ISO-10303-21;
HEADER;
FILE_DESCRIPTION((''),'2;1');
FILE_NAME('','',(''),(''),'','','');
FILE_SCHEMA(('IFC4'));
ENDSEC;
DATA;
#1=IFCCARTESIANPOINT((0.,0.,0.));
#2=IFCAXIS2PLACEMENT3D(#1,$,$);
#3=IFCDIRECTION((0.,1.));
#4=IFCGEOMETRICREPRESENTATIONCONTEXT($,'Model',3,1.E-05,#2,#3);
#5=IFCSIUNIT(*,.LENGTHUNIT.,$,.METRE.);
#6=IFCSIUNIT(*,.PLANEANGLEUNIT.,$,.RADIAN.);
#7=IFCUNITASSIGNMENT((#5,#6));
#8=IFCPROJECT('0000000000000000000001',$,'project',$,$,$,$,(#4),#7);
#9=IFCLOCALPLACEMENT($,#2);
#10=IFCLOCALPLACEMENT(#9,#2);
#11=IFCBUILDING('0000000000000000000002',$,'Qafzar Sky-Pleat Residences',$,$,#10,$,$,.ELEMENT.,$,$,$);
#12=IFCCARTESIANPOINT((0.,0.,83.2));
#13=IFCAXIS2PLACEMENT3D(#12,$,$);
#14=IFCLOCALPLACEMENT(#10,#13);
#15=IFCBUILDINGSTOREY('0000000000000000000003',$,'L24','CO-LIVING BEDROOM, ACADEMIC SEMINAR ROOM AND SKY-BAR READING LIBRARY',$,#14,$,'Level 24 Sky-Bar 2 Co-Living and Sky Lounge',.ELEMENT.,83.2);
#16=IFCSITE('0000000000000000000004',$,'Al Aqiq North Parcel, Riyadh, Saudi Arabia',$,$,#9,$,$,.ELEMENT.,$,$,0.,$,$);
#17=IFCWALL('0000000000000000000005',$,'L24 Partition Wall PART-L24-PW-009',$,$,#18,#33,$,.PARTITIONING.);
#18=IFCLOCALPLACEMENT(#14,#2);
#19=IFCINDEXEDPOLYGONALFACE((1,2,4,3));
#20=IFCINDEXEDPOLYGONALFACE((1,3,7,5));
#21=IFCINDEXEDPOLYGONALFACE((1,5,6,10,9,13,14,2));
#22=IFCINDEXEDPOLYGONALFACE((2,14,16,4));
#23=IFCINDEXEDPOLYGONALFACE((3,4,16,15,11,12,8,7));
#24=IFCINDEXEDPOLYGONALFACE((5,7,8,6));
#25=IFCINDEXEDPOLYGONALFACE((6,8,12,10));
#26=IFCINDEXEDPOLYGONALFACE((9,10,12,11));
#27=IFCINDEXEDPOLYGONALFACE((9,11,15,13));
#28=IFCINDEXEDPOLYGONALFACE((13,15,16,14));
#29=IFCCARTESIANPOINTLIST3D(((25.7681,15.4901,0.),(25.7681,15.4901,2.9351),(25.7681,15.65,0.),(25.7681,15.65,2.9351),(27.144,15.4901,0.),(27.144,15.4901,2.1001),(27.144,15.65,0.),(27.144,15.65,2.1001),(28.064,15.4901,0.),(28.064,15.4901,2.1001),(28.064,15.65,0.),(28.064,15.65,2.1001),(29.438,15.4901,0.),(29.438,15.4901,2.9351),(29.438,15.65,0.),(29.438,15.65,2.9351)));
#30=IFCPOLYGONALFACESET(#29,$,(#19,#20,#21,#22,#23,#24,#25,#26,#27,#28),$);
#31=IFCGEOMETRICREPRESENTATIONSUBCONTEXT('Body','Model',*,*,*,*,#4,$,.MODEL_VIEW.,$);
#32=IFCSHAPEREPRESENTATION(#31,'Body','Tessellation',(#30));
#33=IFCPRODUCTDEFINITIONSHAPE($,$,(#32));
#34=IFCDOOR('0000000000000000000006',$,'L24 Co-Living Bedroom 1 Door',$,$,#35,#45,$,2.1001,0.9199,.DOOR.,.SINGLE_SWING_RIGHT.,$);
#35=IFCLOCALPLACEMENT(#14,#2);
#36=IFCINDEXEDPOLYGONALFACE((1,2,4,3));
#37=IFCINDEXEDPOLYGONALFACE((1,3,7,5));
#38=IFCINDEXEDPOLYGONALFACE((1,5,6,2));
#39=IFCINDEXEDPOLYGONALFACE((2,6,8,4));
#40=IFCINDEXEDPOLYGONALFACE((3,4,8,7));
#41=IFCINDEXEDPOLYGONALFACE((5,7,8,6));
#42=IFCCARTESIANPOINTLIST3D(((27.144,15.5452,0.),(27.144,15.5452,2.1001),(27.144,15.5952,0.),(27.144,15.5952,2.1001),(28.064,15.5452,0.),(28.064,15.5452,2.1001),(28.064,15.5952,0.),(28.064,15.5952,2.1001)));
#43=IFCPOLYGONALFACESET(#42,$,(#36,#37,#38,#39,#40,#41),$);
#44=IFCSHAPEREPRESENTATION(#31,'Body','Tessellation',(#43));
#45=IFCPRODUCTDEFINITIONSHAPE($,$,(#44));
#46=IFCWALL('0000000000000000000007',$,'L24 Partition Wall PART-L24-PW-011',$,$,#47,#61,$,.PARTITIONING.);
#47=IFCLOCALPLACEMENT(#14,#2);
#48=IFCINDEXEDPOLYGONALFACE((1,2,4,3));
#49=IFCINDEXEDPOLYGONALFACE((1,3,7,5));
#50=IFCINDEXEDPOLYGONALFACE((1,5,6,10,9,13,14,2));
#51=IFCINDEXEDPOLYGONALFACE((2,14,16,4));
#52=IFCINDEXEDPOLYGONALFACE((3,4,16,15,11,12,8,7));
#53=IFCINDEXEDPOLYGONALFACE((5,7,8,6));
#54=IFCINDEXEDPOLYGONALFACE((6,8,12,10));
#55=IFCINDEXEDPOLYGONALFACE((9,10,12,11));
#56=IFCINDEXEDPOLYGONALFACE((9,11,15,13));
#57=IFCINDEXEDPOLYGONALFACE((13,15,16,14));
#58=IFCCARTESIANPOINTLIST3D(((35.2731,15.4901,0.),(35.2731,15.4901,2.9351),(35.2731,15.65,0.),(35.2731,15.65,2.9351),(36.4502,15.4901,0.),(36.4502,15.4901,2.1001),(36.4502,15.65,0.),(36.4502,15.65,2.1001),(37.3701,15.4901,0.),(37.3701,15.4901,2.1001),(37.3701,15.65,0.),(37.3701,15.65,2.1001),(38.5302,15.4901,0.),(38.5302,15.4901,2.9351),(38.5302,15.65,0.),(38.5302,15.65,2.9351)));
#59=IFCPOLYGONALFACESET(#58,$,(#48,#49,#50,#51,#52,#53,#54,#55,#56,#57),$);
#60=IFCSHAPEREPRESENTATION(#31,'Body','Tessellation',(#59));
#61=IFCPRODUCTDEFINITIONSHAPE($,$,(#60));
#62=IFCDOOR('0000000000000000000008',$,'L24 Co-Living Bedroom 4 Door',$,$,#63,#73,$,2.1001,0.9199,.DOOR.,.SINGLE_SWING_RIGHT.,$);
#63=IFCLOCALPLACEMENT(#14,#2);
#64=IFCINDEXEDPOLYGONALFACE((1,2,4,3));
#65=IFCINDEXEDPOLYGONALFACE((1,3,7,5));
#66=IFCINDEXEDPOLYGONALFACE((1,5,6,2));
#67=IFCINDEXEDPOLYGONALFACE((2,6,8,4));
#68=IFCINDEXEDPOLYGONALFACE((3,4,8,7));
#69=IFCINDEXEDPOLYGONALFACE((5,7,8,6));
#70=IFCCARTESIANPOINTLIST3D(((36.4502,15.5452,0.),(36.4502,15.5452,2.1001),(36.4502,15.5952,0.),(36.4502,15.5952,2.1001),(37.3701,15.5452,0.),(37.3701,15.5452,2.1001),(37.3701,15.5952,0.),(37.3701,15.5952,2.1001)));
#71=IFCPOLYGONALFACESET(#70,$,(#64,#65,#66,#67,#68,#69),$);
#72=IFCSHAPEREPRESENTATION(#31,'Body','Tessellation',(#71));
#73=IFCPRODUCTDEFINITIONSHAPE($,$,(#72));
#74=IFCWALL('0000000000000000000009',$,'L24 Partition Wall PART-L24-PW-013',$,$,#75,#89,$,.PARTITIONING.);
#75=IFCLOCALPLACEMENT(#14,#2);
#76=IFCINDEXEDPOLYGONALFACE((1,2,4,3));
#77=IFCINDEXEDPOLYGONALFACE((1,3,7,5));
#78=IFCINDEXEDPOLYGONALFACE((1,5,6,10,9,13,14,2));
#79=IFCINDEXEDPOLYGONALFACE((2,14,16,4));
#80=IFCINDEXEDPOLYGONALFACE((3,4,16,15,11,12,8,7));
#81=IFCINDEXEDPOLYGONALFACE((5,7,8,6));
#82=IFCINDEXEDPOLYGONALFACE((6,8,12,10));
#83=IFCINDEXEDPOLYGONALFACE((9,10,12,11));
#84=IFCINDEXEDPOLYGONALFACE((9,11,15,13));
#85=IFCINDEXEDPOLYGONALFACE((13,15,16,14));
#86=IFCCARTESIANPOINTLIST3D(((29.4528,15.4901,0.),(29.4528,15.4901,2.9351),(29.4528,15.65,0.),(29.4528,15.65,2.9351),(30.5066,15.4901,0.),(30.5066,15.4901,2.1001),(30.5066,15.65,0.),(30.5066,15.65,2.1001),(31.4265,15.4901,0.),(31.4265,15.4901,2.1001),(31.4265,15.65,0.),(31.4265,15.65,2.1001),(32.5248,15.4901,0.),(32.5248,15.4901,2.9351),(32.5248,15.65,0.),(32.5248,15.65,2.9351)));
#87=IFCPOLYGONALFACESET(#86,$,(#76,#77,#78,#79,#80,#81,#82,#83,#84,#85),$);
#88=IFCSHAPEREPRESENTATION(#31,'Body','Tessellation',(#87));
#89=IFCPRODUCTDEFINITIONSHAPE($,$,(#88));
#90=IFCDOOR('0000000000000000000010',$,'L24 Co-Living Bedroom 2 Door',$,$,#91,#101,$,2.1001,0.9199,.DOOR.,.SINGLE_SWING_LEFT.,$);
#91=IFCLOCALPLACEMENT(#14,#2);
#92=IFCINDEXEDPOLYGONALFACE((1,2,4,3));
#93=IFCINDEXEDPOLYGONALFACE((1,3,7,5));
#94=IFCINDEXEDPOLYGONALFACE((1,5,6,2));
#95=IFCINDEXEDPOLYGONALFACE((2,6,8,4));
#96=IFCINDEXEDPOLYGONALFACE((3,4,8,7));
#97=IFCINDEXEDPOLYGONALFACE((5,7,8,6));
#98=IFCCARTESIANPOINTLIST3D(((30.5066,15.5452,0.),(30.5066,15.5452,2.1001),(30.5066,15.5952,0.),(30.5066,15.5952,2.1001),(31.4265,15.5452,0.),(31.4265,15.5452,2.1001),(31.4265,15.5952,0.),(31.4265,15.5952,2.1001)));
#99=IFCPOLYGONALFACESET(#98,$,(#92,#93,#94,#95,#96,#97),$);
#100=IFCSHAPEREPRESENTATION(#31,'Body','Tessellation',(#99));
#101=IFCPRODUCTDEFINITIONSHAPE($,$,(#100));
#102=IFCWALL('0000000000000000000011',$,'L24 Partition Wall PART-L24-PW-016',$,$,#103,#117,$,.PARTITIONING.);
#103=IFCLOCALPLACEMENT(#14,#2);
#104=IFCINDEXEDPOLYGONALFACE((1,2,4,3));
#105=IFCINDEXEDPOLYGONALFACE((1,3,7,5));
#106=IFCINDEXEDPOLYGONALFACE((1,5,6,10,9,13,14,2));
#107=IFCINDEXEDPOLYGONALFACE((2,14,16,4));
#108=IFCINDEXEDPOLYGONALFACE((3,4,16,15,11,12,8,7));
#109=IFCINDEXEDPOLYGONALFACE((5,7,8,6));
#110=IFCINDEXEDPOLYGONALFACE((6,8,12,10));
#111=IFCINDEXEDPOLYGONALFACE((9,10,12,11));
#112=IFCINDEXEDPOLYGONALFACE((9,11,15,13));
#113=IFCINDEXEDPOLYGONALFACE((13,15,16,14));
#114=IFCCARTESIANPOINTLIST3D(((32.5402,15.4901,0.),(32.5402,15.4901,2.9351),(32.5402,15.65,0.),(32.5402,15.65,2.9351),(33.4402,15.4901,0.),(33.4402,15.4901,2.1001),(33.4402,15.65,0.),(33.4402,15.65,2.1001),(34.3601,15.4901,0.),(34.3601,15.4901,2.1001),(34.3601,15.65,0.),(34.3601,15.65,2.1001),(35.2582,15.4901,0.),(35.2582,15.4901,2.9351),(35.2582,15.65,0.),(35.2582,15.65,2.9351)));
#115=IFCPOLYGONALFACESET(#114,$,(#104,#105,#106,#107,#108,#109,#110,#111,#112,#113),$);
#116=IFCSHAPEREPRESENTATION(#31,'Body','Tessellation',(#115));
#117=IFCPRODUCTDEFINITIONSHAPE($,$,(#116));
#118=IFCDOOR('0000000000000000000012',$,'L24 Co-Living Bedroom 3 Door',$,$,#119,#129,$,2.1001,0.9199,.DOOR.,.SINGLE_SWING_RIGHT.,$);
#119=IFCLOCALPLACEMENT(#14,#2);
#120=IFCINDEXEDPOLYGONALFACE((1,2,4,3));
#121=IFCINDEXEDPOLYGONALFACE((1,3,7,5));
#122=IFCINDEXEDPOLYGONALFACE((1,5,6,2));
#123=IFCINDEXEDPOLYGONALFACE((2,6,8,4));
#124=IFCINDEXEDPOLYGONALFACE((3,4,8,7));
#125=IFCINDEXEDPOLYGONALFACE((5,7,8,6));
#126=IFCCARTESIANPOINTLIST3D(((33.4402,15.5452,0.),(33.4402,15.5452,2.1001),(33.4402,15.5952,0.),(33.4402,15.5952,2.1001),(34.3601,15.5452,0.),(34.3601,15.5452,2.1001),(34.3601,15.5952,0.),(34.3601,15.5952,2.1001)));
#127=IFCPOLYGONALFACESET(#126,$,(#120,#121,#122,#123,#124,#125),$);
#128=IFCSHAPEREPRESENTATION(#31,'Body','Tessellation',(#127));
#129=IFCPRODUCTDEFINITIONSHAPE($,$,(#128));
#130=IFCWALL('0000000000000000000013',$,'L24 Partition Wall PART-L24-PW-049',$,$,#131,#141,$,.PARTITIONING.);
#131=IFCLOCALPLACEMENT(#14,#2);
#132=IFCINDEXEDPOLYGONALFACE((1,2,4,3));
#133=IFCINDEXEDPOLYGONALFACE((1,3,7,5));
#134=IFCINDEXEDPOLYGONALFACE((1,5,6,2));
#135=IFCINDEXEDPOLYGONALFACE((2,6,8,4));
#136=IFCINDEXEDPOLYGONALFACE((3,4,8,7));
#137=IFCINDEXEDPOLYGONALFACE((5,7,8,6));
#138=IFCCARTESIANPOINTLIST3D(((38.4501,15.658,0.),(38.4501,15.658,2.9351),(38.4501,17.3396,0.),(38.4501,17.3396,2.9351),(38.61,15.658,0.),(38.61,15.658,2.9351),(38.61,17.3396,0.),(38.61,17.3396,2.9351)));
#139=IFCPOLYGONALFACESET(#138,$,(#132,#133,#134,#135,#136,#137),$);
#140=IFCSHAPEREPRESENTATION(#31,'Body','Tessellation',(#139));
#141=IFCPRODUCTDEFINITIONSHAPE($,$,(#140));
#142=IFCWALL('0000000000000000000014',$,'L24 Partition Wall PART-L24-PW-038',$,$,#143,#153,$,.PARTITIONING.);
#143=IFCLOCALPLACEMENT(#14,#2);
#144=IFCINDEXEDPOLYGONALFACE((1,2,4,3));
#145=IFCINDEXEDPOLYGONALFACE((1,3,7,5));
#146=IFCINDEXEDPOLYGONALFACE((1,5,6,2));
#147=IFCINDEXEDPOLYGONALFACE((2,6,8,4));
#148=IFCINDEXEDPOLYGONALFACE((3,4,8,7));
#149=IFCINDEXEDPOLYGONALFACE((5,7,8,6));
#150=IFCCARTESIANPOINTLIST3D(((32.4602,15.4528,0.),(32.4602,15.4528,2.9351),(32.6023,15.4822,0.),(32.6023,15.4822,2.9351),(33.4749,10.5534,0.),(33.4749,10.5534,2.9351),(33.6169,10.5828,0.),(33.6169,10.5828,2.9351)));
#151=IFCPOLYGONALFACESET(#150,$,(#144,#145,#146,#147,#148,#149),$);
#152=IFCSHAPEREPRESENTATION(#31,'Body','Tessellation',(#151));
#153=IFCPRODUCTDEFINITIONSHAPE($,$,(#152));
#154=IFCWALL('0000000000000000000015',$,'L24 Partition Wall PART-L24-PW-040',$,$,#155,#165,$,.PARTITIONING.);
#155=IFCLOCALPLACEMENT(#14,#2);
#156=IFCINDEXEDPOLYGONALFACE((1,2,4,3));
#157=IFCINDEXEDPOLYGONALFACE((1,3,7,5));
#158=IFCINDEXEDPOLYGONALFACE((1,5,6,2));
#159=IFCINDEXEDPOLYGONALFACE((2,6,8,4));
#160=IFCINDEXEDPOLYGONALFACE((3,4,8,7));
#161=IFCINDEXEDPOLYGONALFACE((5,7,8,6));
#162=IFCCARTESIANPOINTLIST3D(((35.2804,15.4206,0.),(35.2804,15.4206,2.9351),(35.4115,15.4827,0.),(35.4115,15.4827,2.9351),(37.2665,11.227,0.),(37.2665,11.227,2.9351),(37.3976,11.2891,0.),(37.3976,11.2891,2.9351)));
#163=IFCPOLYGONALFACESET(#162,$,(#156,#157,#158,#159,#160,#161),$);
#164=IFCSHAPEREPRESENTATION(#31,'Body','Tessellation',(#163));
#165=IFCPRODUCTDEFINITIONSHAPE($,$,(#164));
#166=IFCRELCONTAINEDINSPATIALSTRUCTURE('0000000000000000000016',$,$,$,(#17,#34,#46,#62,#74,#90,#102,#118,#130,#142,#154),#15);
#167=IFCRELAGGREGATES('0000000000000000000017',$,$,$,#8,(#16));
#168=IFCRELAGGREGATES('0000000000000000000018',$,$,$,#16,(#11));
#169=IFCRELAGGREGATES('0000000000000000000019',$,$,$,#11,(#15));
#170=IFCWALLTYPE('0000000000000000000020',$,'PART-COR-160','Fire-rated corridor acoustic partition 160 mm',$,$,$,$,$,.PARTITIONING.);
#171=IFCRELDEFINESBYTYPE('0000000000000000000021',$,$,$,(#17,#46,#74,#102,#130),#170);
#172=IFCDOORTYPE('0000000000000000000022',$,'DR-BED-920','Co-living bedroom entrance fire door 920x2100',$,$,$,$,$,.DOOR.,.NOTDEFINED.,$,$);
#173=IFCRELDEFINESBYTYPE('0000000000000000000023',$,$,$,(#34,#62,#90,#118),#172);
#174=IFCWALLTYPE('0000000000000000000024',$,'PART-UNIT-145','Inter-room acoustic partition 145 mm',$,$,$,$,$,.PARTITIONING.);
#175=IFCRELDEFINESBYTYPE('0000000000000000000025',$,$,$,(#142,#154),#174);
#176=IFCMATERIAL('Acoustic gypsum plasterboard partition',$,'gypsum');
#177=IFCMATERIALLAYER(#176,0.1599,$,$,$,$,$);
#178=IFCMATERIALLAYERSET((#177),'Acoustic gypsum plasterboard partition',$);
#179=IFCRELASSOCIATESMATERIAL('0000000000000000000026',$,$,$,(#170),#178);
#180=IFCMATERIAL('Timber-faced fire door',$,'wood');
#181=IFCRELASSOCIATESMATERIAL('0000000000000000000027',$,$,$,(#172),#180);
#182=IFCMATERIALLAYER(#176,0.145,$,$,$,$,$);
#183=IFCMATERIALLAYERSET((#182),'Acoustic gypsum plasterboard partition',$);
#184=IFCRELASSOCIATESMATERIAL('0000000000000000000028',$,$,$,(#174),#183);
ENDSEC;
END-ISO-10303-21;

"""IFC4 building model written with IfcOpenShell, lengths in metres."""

from ifc_helpers import new_model, si_unit, direction, frame, frame_2d, origin, place, context, subcontext, project, spatial, rectangle, extrude, source, transform, mapped, material, layer, layer_set, type_object, element, fill, save


model = new_model("IFC4")

# Units and contexts
model_context = context("Model", 3, precision=1e-05, world=origin(), true_north=direction((0.0, 1.0)))
body_context = subcontext(model_context, "Body", "Model", "MODEL_VIEW")
ifc_project = project(units=[si_unit("LENGTHUNIT", "METRE"), si_unit("PLANEANGLEUNIT", "RADIAN")], contexts=[model_context])

# Site, building, storey
site_placement = place(None, origin())
site = spatial("IfcSite", under=ifc_project, at=site_placement, Name="Al Aqiq North Parcel, Riyadh, Saudi Arabia", CompositionType="ELEMENT", RefElevation=0.0)
building_placement = place(site_placement, origin())
building = spatial("IfcBuilding", under=site, at=building_placement, Name="Qafzar Sky-Pleat Residences", CompositionType="ELEMENT")
storey_placement = place(building_placement, frame((0.0, 0.0, 83.2)))
storey = spatial("IfcBuildingStorey", under=building, at=storey_placement, Name="L24", Description="CO-LIVING BEDROOM, ACADEMIC SEMINAR ROOM AND SKY-BAR READING LIBRARY", LongName="Level 24 Sky-Bar 2 Co-Living and Sky Lounge", CompositionType="ELEMENT", Elevation=83.2)

# Walls, openings, doors
ifc_material_1 = material(Name="Acoustic gypsum plasterboard partition", Category="gypsum")
ifc_layer_1 = layer(ifc_material_1, 0.1599)
ifc_layer_set_1 = layer_set([ifc_layer_1], Name="Acoustic gypsum plasterboard partition")
wall_type_1 = type_object("IfcWallType", Name="PART-COR-160", Description="Fire-rated corridor acoustic partition 160 mm", PredefinedType="PARTITIONING", material=ifc_layer_set_1)
wall_1_placement = place(storey_placement, frame((29.438, 15.5701, 0.0), z_axis=(0.0, 0.0, 1.0), x_axis=(-1.0, 0.0, 0.0)))
wall_1 = element("IfcWall", 1, at=wall_1_placement, inside=storey, type_object=wall_type_1, Name="L24 Partition Wall PART-L24-PW-009", PredefinedType="PARTITIONING", context=body_context, shape_type="SweptSolid", body=[
    extrude(rectangle(XDim=3.6699, YDim=0.1599, at=frame_2d((1.835, 0.0))), origin(), (0.0, 0.0, 1.0), 2.9351),
])
opening_1_placement = place(wall_1_placement, frame((1.374, 0.0, 0.0)))
opening_1 = element("IfcOpeningElement", 2, at=opening_1_placement, cuts=wall_1, PredefinedType="OPENING", context=body_context, shape_type="SweptSolid", body=[
    extrude(rectangle(XDim=0.9199, YDim=2.1001, at=frame_2d((0.46, 1.05))), frame((0.0, 0.0898, 0.0), z_axis=(0.0, -1.0, 0.0), x_axis=(1.0, 0.0, 0.0)), (0.0, 0.0, 1.0), 0.1799),
])
ifc_material_2 = material(Name="Timber-faced fire door", Category="wood")
door_type_1 = type_object("IfcDoorType", Name="DR-BED-920", Description="Co-living bedroom entrance fire door 920x2100", OperationType="NOTDEFINED", PredefinedType="DOOR", material=ifc_material_2)
shared_shape_1 = source(origin(), body_context, "Body", "SweptSolid", [
    extrude(rectangle(XDim=0.9199, YDim=2.1001, at=frame_2d((0.46, 1.05))), frame((0.0, 0.0249, 0.0), z_axis=(0.0, -1.0, 0.0), x_axis=(1.0, 0.0, 0.0)), (0.0, 0.0, 1.0), 0.05),
])
door_1_placement = place(opening_1_placement, origin())
door_1 = element("IfcDoor", 3, at=door_1_placement, inside=storey, type_object=door_type_1, Name="L24 Co-Living Bedroom 1 Door", OperationType="SINGLE_SWING_RIGHT", OverallHeight=2.1001, OverallWidth=0.9199, PredefinedType="DOOR", context=body_context, shape_type="MappedRepresentation", body=[
    mapped(shared_shape_1, transform((0.0, 0.0, 0.0), x_axis=(1.0, 0.0, 0.0), y_axis=(0.0, 1.0, 0.0), z_axis=(0.0, 0.0, 1.0), scale=1.0)),
])
fill(opening_1, door_1)
wall_2_placement = place(storey_placement, frame((38.53, 15.5701, 0.0), z_axis=(0.0, 0.0, 1.0), x_axis=(-1.0, 0.0, 0.0)))
wall_2 = element("IfcWall", 4, at=wall_2_placement, inside=storey, type_object=wall_type_1, Name="L24 Partition Wall PART-L24-PW-011", PredefinedType="PARTITIONING", context=body_context, shape_type="SweptSolid", body=[
    extrude(rectangle(XDim=3.2571, YDim=0.1599, at=frame_2d((1.6284, 0.0))), origin(), (0.0, 0.0, 1.0), 2.9351),
])
opening_2_placement = place(wall_2_placement, frame((1.1599, 0.0, 0.0)))
opening_2 = element("IfcOpeningElement", 5, at=opening_2_placement, cuts=wall_2, PredefinedType="OPENING", context=body_context, shape_type="SweptSolid", body=[
    extrude(rectangle(XDim=0.9199, YDim=2.1001, at=frame_2d((0.46, 1.05))), frame((0.0, 0.0898, 0.0), z_axis=(0.0, -1.0, 0.0), x_axis=(1.0, 0.0, 0.0)), (0.0, 0.0, 1.0), 0.1799),
])
door_2_placement = place(opening_2_placement, origin())
door_2 = element("IfcDoor", 6, at=door_2_placement, inside=storey, type_object=door_type_1, Name="L24 Co-Living Bedroom 4 Door", OperationType="SINGLE_SWING_RIGHT", OverallHeight=2.1001, OverallWidth=0.9199, PredefinedType="DOOR", context=body_context, shape_type="MappedRepresentation", body=[
    mapped(shared_shape_1, transform((0.0, 0.0, 0.0), x_axis=(1.0, 0.0, 0.0), y_axis=(0.0, 1.0, 0.0), z_axis=(0.0, 0.0, 1.0), scale=1.0)),
])
fill(opening_2, door_2)
wall_3_placement = place(storey_placement, frame((32.5249, 15.5701, 0.0), z_axis=(0.0, 0.0, 1.0), x_axis=(-1.0, 0.0, 0.0)))
wall_3 = element("IfcWall", 7, at=wall_3_placement, inside=storey, type_object=wall_type_1, Name="L24 Partition Wall PART-L24-PW-013", PredefinedType="PARTITIONING", context=body_context, shape_type="SweptSolid", body=[
    extrude(rectangle(XDim=3.072, YDim=0.1599, at=frame_2d((1.5361, 0.0))), origin(), (0.0, 0.0, 1.0), 2.9351),
])
opening_3_placement = place(wall_3_placement, frame((1.0984, 0.0, 0.0)))
opening_3 = element("IfcOpeningElement", 8, at=opening_3_placement, cuts=wall_3, PredefinedType="OPENING", context=body_context, shape_type="SweptSolid", body=[
    extrude(rectangle(XDim=0.9199, YDim=2.1001, at=frame_2d((0.46, 1.05))), frame((0.0, 0.0898, 0.0), z_axis=(0.0, -1.0, 0.0), x_axis=(1.0, 0.0, 0.0)), (0.0, 0.0, 1.0), 0.1799),
])
door_3_placement = place(opening_3_placement, origin())
door_3 = element("IfcDoor", 9, at=door_3_placement, inside=storey, type_object=door_type_1, Name="L24 Co-Living Bedroom 2 Door", OperationType="SINGLE_SWING_LEFT", OverallHeight=2.1001, OverallWidth=0.9199, PredefinedType="DOOR", context=body_context, shape_type="MappedRepresentation", body=[
    mapped(shared_shape_1, transform((0.0, 0.0, 0.0), x_axis=(1.0, 0.0, 0.0), y_axis=(0.0, 1.0, 0.0), z_axis=(0.0, 0.0, 1.0), scale=1.0)),
])
fill(opening_3, door_3)
wall_4_placement = place(storey_placement, frame((35.2581, 15.5701, 0.0), z_axis=(0.0, 0.0, 1.0), x_axis=(-1.0, 0.0, 0.0)))
wall_4 = element("IfcWall", 10, at=wall_4_placement, inside=storey, type_object=wall_type_1, Name="L24 Partition Wall PART-L24-PW-016", PredefinedType="PARTITIONING", context=body_context, shape_type="SweptSolid", body=[
    extrude(rectangle(XDim=2.718, YDim=0.1599, at=frame_2d((1.3589, 0.0))), origin(), (0.0, 0.0, 1.0), 2.9351),
])
opening_4_placement = place(wall_4_placement, frame((0.8979, 0.0, 0.0)))
opening_4 = element("IfcOpeningElement", 11, at=opening_4_placement, cuts=wall_4, PredefinedType="OPENING", context=body_context, shape_type="SweptSolid", body=[
    extrude(rectangle(XDim=0.9199, YDim=2.1001, at=frame_2d((0.46, 1.05))), frame((0.0, 0.0898, 0.0), z_axis=(0.0, -1.0, 0.0), x_axis=(1.0, 0.0, 0.0)), (0.0, 0.0, 1.0), 0.1799),
])
door_4_placement = place(opening_4_placement, origin())
door_4 = element("IfcDoor", 12, at=door_4_placement, inside=storey, type_object=door_type_1, Name="L24 Co-Living Bedroom 3 Door", OperationType="SINGLE_SWING_RIGHT", OverallHeight=2.1001, OverallWidth=0.9199, PredefinedType="DOOR", context=body_context, shape_type="MappedRepresentation", body=[
    mapped(shared_shape_1, transform((0.0, 0.0, 0.0), x_axis=(1.0, 0.0, 0.0), y_axis=(0.0, 1.0, 0.0), z_axis=(0.0, 0.0, 1.0), scale=1.0)),
])
fill(opening_4, door_4)

# Walls
wall_5_placement = place(storey_placement, frame((38.53, 15.658, 0.0), z_axis=(0.0, 0.0, 1.0), x_axis=(0.0, 1.0, 0.0)))
element("IfcWall", 13, at=wall_5_placement, inside=storey, type_object=wall_type_1, Name="L24 Partition Wall PART-L24-PW-049", PredefinedType="PARTITIONING", context=body_context, shape_type="SweptSolid", body=[
    extrude(rectangle(XDim=1.6816, YDim=0.1599, at=frame_2d((0.8408, 0.0))), origin(), (0.0, 0.0, 1.0), 2.9351),
])
ifc_layer_2 = layer(ifc_material_1, 0.145)
ifc_layer_set_2 = layer_set([ifc_layer_2], Name="Acoustic gypsum plasterboard partition")
wall_type_2 = type_object("IfcWallType", Name="PART-UNIT-145", Description="Inter-room acoustic partition 145 mm", PredefinedType="PARTITIONING", material=ifc_layer_set_2)
wall_6_placement = place(storey_placement, frame((32.5312, 15.4675, 0.0), z_axis=(0.0, 0.0, 1.0), x_axis=(0.202793, -0.979222, 0.0)))
element("IfcWall", 14, at=wall_6_placement, inside=storey, type_object=wall_type_2, Name="L24 Partition Wall PART-L24-PW-038", PredefinedType="PARTITIONING", context=body_context, shape_type="SweptSolid", body=[
    extrude(rectangle(XDim=5.0034, YDim=0.145, at=frame_2d((2.5017, 0.0))), origin(), (0.0, 0.0, 1.0), 2.9351),
])
wall_7_placement = place(storey_placement, frame((35.3459, 15.4517, 0.0), z_axis=(0.0, 0.0, 1.0), x_axis=(0.428023, -0.903768, 0.0)))
element("IfcWall", 15, at=wall_7_placement, inside=storey, type_object=wall_type_2, Name="L24 Partition Wall PART-L24-PW-040", PredefinedType="PARTITIONING", context=body_context, shape_type="SweptSolid", body=[
    extrude(rectangle(XDim=4.6401, YDim=0.145, at=frame_2d((2.3201, 0.0))), origin(), (0.0, 0.0, 1.0), 2.9351),
])

save(model, "model.ifc")
